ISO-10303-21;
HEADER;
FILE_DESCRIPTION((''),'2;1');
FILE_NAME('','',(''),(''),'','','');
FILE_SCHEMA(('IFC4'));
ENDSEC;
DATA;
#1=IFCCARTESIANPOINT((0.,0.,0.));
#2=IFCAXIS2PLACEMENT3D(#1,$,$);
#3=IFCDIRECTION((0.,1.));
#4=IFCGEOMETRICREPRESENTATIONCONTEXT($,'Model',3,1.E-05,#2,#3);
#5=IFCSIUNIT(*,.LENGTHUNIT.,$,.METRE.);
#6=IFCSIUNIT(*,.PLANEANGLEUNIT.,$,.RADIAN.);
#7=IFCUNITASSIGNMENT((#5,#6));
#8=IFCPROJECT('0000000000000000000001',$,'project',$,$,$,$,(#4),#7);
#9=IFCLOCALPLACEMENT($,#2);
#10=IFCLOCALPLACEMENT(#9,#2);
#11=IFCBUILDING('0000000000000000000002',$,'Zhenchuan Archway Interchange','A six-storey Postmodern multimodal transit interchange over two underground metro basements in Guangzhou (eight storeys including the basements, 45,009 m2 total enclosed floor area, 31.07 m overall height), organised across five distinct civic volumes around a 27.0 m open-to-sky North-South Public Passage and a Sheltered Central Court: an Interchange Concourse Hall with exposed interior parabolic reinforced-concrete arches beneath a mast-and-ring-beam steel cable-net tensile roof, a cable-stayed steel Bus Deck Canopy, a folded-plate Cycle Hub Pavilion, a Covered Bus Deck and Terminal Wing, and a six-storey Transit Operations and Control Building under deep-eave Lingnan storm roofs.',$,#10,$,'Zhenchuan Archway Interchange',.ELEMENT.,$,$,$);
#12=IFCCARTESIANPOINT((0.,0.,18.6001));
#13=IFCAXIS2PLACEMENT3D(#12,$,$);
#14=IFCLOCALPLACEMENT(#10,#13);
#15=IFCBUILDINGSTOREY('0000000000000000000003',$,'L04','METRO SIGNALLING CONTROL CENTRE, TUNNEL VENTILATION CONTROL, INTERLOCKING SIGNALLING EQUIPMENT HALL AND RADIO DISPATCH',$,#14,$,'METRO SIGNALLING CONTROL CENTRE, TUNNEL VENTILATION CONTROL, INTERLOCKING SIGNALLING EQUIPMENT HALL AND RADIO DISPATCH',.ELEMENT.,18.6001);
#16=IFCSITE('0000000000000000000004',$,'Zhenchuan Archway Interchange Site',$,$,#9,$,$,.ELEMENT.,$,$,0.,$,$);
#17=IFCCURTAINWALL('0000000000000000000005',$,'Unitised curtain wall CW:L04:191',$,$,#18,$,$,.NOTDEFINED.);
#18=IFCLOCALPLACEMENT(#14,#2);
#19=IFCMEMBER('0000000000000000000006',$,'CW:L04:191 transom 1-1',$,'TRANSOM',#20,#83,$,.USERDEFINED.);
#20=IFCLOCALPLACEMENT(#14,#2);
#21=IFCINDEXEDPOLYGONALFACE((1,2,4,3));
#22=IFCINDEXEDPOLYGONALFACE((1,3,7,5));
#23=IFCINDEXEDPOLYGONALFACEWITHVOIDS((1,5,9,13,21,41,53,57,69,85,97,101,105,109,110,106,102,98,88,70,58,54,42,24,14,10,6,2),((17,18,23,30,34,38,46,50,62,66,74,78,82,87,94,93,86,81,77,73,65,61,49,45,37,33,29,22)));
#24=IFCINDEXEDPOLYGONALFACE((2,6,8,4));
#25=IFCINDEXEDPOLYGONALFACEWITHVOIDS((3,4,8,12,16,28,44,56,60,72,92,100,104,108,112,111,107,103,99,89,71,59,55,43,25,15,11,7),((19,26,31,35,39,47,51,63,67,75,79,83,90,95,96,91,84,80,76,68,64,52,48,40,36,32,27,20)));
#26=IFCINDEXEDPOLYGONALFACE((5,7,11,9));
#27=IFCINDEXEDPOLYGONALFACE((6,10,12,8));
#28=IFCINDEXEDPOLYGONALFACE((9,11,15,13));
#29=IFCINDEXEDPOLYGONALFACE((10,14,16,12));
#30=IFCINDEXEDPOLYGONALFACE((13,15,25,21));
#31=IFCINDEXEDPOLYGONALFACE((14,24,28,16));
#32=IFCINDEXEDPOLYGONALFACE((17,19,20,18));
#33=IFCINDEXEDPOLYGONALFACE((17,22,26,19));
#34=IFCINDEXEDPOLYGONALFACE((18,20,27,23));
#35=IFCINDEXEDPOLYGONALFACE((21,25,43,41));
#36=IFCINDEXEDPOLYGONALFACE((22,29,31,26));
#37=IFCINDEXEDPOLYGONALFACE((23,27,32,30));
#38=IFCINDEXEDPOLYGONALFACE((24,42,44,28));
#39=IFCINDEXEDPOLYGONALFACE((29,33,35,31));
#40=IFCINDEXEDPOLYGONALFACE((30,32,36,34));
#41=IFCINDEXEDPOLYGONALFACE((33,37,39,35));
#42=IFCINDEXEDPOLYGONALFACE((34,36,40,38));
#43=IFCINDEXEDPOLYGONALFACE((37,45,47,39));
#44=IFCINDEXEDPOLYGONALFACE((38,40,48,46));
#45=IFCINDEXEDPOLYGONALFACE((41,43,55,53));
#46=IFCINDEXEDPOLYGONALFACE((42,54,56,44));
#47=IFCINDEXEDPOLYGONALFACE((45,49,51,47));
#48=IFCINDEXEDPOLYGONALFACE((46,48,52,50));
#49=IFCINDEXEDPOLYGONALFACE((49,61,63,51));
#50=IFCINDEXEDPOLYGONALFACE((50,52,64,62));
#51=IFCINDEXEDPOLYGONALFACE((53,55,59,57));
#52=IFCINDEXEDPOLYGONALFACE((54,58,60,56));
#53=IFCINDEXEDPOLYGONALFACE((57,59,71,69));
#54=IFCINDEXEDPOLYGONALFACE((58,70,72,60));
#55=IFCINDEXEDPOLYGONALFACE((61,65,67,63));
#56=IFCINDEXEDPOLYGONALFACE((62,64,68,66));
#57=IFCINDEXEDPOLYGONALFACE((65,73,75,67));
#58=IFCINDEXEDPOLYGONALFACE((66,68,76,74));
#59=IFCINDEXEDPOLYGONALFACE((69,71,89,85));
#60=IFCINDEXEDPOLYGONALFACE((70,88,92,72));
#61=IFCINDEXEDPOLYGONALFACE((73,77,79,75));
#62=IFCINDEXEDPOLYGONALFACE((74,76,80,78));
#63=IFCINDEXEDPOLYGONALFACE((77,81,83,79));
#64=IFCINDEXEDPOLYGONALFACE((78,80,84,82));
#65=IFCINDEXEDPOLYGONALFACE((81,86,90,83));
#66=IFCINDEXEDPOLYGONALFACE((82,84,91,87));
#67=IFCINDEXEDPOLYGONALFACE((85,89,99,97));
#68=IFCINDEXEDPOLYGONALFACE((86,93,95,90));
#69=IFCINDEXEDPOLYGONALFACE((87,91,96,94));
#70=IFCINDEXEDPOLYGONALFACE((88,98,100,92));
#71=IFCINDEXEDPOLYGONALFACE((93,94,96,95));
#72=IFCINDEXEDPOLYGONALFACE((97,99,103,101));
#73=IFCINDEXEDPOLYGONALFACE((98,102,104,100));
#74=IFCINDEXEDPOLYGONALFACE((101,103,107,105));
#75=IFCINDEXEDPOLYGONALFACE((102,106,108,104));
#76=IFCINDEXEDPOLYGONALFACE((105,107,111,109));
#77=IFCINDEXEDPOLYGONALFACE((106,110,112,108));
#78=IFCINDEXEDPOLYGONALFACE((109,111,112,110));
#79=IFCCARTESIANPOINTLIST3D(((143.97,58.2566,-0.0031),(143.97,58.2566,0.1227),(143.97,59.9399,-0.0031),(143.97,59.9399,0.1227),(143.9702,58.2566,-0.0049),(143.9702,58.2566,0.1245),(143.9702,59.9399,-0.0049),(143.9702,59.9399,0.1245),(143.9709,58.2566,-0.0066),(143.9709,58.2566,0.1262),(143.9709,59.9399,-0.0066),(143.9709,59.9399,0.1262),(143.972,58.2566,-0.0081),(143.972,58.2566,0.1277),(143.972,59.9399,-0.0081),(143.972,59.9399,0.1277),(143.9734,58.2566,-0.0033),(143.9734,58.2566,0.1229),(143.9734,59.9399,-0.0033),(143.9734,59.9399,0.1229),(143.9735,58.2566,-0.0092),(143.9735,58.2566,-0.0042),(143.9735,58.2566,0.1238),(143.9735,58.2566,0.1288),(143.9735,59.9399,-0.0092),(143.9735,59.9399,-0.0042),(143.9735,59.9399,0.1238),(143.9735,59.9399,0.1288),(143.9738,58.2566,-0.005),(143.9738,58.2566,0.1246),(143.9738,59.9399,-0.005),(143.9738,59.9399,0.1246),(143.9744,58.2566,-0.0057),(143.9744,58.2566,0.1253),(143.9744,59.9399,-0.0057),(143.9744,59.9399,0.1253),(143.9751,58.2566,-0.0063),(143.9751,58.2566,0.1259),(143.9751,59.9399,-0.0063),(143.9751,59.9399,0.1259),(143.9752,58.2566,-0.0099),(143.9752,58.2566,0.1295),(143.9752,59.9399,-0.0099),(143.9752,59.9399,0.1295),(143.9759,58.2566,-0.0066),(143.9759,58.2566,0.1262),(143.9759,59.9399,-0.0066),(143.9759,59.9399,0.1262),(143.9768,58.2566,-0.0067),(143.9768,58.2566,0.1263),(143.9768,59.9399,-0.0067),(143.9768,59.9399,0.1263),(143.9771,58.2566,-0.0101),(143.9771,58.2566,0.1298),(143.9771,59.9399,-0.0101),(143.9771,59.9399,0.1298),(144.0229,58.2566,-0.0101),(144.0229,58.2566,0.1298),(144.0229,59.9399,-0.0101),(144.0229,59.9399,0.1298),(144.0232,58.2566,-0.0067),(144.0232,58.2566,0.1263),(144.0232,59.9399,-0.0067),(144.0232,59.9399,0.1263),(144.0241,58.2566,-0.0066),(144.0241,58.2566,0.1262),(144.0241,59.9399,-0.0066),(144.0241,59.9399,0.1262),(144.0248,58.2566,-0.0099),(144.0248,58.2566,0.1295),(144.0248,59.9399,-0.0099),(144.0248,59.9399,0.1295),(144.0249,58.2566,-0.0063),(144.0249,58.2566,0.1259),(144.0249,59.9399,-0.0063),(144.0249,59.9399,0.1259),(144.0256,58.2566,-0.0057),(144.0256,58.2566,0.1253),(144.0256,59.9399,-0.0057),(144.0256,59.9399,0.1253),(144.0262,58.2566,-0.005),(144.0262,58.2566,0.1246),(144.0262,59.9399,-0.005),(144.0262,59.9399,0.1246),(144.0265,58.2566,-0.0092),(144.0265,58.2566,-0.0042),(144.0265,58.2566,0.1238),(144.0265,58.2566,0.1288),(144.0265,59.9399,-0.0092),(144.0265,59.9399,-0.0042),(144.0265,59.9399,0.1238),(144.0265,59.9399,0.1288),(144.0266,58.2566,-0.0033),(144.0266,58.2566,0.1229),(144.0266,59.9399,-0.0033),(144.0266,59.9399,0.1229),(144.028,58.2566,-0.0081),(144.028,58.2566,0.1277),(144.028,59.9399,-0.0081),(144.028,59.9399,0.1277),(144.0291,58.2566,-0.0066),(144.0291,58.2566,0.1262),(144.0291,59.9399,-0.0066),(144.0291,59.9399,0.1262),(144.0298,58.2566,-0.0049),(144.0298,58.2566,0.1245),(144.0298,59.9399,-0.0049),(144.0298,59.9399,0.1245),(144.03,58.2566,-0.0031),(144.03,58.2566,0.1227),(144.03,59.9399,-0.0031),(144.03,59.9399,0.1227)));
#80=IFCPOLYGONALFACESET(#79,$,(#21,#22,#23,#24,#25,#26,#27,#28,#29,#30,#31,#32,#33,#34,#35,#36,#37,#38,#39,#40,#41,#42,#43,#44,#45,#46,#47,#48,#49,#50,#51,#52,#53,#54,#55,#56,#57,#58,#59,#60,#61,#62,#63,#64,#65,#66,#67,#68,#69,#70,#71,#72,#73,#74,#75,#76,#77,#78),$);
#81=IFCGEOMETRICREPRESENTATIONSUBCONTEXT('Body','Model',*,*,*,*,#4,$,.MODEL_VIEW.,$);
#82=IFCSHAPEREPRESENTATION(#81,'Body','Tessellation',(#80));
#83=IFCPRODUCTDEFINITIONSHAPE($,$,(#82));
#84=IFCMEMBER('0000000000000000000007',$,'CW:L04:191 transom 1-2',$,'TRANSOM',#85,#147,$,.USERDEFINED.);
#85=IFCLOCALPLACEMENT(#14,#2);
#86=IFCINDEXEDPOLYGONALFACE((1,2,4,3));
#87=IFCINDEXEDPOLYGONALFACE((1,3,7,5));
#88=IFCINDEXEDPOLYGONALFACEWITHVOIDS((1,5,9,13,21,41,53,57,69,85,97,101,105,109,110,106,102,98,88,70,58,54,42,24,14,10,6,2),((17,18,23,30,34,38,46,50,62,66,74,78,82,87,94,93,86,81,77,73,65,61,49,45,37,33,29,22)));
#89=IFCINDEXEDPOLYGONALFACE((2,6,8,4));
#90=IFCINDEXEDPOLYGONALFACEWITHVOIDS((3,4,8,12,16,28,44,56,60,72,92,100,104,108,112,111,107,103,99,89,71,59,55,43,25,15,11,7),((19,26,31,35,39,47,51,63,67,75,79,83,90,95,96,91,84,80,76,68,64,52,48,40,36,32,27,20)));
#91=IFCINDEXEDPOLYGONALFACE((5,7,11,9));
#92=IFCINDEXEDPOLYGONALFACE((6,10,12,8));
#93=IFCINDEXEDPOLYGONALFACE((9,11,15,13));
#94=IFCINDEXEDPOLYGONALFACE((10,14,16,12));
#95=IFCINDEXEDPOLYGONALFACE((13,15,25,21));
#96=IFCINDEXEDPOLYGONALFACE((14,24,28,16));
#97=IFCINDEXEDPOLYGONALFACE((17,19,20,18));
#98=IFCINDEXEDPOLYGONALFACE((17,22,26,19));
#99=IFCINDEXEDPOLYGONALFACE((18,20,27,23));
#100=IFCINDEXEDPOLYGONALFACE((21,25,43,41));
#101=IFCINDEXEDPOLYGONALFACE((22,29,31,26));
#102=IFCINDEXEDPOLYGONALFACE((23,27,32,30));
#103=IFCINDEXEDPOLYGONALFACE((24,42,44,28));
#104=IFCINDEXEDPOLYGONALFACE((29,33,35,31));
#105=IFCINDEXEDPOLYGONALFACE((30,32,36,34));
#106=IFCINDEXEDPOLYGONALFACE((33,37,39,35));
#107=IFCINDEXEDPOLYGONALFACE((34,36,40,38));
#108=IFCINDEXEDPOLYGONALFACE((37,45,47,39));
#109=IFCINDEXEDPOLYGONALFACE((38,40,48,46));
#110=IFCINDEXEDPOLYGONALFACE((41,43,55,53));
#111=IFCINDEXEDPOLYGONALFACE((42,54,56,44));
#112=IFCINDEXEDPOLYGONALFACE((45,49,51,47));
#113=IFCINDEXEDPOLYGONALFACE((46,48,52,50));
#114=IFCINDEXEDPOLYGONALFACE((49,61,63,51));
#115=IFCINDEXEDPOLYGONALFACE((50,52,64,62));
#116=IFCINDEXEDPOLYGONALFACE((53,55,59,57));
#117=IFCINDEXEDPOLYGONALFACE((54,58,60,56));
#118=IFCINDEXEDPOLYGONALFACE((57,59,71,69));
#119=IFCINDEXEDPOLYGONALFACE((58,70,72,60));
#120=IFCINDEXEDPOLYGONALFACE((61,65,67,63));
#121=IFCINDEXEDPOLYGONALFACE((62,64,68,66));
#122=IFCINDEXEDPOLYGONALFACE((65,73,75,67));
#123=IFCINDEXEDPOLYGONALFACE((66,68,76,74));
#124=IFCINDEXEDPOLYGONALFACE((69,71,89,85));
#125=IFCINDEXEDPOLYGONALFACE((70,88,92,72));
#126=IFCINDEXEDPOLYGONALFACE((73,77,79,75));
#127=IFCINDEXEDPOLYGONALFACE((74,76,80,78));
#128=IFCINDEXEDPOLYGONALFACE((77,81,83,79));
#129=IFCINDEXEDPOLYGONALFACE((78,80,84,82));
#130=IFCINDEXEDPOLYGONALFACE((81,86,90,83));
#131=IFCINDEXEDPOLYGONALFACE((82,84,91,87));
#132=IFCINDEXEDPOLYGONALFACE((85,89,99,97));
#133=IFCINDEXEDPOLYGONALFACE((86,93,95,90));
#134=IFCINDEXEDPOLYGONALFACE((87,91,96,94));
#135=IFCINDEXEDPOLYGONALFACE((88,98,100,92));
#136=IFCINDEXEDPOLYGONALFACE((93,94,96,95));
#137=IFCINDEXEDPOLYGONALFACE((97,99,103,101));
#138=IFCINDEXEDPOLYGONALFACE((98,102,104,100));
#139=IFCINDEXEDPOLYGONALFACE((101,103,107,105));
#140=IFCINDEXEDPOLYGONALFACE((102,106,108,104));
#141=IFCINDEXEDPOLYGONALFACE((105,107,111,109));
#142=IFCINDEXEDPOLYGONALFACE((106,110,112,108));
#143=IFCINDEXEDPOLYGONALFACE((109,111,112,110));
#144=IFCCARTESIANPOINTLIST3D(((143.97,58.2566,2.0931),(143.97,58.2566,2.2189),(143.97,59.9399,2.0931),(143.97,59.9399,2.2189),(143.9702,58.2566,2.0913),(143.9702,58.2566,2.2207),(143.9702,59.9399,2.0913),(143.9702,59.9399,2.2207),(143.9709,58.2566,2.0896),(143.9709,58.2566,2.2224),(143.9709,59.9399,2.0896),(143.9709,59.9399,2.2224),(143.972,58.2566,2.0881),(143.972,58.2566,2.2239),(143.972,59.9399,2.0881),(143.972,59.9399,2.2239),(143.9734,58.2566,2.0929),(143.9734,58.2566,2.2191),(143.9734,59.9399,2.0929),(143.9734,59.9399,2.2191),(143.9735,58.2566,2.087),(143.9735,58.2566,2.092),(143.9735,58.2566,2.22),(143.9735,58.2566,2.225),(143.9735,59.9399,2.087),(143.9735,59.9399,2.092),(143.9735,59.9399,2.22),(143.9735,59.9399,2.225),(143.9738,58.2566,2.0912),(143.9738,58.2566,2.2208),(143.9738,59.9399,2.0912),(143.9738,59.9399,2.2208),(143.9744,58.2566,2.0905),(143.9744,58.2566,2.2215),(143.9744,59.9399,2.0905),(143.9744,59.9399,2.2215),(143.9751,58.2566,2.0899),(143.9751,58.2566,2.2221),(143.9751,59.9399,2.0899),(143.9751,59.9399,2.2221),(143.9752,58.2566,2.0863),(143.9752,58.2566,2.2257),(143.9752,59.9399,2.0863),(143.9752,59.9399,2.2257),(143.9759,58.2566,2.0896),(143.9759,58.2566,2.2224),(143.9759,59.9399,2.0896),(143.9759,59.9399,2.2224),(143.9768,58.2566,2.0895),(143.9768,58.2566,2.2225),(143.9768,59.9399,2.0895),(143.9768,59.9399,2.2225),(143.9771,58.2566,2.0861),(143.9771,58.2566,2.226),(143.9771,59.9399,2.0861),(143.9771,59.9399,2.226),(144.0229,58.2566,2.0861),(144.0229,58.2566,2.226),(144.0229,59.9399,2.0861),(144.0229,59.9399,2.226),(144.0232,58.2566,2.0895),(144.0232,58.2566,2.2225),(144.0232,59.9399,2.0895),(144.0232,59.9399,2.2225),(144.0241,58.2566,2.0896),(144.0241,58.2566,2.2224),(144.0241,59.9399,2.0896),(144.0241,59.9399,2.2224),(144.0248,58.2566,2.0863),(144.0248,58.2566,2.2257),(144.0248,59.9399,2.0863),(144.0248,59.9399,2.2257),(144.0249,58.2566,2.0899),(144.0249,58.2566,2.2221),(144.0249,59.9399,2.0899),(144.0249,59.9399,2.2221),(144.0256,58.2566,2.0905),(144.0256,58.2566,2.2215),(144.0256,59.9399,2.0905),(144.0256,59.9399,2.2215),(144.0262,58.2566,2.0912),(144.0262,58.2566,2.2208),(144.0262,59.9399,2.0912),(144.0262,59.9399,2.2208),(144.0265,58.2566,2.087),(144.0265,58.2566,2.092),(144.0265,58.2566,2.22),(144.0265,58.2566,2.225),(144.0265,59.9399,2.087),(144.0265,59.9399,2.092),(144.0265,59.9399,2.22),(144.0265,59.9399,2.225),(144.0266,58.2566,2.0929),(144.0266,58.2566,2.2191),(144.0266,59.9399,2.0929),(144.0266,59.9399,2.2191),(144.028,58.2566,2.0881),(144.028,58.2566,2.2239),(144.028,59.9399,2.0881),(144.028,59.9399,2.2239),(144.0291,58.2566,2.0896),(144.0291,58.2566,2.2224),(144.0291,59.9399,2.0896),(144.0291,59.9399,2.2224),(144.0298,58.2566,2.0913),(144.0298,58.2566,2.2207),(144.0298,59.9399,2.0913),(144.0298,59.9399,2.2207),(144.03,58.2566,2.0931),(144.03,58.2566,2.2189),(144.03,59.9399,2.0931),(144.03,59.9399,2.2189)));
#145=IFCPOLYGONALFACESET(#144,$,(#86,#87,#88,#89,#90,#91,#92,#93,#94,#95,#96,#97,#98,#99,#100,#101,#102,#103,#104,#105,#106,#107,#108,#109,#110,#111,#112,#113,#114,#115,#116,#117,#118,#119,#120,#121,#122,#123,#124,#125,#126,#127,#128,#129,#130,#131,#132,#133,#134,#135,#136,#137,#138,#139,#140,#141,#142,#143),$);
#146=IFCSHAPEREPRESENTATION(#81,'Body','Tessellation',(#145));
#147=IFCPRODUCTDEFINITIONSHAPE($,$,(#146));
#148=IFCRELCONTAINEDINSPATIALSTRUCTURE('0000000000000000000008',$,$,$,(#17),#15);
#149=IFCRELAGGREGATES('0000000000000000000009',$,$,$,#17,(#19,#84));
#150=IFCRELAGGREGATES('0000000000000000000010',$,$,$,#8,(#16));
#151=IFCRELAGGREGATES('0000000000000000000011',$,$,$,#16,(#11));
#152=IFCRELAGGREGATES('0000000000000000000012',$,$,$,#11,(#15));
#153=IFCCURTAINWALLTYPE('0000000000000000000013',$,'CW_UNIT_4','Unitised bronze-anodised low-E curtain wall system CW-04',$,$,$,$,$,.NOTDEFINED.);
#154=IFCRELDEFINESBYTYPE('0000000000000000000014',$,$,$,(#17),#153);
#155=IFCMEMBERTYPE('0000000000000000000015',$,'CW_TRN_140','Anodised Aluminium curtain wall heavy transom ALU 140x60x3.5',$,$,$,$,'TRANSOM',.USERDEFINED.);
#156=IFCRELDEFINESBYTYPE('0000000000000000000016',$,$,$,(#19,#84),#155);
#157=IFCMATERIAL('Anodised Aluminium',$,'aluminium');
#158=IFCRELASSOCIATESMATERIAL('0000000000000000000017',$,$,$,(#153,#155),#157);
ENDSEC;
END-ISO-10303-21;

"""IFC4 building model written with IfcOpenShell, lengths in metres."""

from ifc_helpers import new_model, si_unit, direction, frame, origin, origin_2d, place, context, subcontext, project, spatial, hollow_rectangle, extrude, material, material_profile, profile_set, type_object, element, aggregate, save


model = new_model("IFC4")

# Units and contexts
model_context = context("Model", 3, precision=1e-05, world=origin(), true_north=direction((0.0, 1.0)))
body_context = subcontext(model_context, "Body", "Model", "MODEL_VIEW")
ifc_project = project(units=[si_unit("LENGTHUNIT", "METRE"), si_unit("PLANEANGLEUNIT", "RADIAN")], contexts=[model_context])

# Site, building, storey
site_placement = place(None, origin())
site = spatial("IfcSite", under=ifc_project, at=site_placement, Name="Zhenchuan Archway Interchange Site", CompositionType="ELEMENT", RefElevation=0.0)
building_placement = place(site_placement, origin())
building = spatial("IfcBuilding", under=site, at=building_placement, Name="Zhenchuan Archway Interchange", Description="A six-storey Postmodern multimodal transit interchange over two underground metro basements in Guangzhou (eight storeys including the basements, 45,009 m2 total enclosed floor area, 31.07 m overall height), organised across five distinct civic volumes around a 27.0 m open-to-sky North-South Public Passage and a Sheltered Central Court: an Interchange Concourse Hall with exposed interior parabolic reinforced-concrete arches beneath a mast-and-ring-beam steel cable-net tensile roof, a cable-stayed steel Bus Deck Canopy, a folded-plate Cycle Hub Pavilion, a Covered Bus Deck and Terminal Wing, and a six-storey Transit Operations and Control Building under deep-eave Lingnan storm roofs.", LongName="Zhenchuan Archway Interchange", CompositionType="ELEMENT")
storey_placement = place(building_placement, frame((0.0, 0.0, 18.6001)))
storey = spatial("IfcBuildingStorey", under=building, at=storey_placement, Name="L04", Description="METRO SIGNALLING CONTROL CENTRE, TUNNEL VENTILATION CONTROL, INTERLOCKING SIGNALLING EQUIPMENT HALL AND RADIO DISPATCH", LongName="METRO SIGNALLING CONTROL CENTRE, TUNNEL VENTILATION CONTROL, INTERLOCKING SIGNALLING EQUIPMENT HALL AND RADIO DISPATCH", CompositionType="ELEMENT", Elevation=18.6001)

# Shared definitions
ifc_material_1 = material(Name="Anodised Aluminium", Category="aluminium")

# Curtain wall, members
curtain_wall_type_1 = type_object("IfcCurtainWallType", Name="CW_UNIT_4", Description="Unitised bronze-anodised low-E curtain wall system CW-04", PredefinedType="NOTDEFINED", material=ifc_material_1)
curtain_wall_1_placement = place(storey_placement, origin())
curtain_wall_1 = element("IfcCurtainWall", 1, at=curtain_wall_1_placement, inside=storey, type_object=curtain_wall_type_1, Name="Unitised curtain wall CW:L04:191", PredefinedType="NOTDEFINED")
ifc_material_profile_1 = material_profile(ifc_material_1, hollow_rectangle(XDim=0.0601, YDim=0.1399, WallThickness=0.0034, InnerFilletRadius=0.0034, OuterFilletRadius=0.0071, at=origin_2d()), Name="ALU 140x60x3.5")
ifc_profile_set_1 = profile_set([ifc_material_profile_1], Name="Anodised Aluminium")
member_type_1 = type_object("IfcMemberType", Name="CW_TRN_140", Description="Anodised Aluminium curtain wall heavy transom ALU 140x60x3.5", ElementType="TRANSOM", PredefinedType="USERDEFINED", material=ifc_profile_set_1)
member_1_placement = place(storey_placement, frame((144.0, 58.2566, 0.0598), z_axis=(0.0, 1.0, 0.0), x_axis=(-1.0, 0.0, 0.0)))
member_1 = element("IfcMember", 2, at=member_1_placement, type_object=member_type_1, Name="CW:L04:191 transom 1-1", ObjectType="TRANSOM", PredefinedType="USERDEFINED", context=body_context, shape_type="SweptSolid", body=[
    extrude(hollow_rectangle(XDim=0.0601, YDim=0.1399, WallThickness=0.0034, InnerFilletRadius=0.0034, OuterFilletRadius=0.0071, at=origin_2d()), origin(), (0.0, 0.0, 1.0), 1.6833),
])
member_2_placement = place(storey_placement, frame((144.0, 58.2566, 2.156), z_axis=(0.0, 1.0, 0.0), x_axis=(-1.0, 0.0, 0.0)))
member_2 = element("IfcMember", 3, at=member_2_placement, type_object=member_type_1, Name="CW:L04:191 transom 1-2", ObjectType="TRANSOM", PredefinedType="USERDEFINED", context=body_context, shape_type="SweptSolid", body=[
    extrude(hollow_rectangle(XDim=0.0601, YDim=0.1399, WallThickness=0.0034, InnerFilletRadius=0.0034, OuterFilletRadius=0.0071, at=origin_2d()), origin(), (0.0, 0.0, 1.0), 1.6833),
])

aggregate(curtain_wall_1, [member_1, member_2])

save(model, "model.ifc")
